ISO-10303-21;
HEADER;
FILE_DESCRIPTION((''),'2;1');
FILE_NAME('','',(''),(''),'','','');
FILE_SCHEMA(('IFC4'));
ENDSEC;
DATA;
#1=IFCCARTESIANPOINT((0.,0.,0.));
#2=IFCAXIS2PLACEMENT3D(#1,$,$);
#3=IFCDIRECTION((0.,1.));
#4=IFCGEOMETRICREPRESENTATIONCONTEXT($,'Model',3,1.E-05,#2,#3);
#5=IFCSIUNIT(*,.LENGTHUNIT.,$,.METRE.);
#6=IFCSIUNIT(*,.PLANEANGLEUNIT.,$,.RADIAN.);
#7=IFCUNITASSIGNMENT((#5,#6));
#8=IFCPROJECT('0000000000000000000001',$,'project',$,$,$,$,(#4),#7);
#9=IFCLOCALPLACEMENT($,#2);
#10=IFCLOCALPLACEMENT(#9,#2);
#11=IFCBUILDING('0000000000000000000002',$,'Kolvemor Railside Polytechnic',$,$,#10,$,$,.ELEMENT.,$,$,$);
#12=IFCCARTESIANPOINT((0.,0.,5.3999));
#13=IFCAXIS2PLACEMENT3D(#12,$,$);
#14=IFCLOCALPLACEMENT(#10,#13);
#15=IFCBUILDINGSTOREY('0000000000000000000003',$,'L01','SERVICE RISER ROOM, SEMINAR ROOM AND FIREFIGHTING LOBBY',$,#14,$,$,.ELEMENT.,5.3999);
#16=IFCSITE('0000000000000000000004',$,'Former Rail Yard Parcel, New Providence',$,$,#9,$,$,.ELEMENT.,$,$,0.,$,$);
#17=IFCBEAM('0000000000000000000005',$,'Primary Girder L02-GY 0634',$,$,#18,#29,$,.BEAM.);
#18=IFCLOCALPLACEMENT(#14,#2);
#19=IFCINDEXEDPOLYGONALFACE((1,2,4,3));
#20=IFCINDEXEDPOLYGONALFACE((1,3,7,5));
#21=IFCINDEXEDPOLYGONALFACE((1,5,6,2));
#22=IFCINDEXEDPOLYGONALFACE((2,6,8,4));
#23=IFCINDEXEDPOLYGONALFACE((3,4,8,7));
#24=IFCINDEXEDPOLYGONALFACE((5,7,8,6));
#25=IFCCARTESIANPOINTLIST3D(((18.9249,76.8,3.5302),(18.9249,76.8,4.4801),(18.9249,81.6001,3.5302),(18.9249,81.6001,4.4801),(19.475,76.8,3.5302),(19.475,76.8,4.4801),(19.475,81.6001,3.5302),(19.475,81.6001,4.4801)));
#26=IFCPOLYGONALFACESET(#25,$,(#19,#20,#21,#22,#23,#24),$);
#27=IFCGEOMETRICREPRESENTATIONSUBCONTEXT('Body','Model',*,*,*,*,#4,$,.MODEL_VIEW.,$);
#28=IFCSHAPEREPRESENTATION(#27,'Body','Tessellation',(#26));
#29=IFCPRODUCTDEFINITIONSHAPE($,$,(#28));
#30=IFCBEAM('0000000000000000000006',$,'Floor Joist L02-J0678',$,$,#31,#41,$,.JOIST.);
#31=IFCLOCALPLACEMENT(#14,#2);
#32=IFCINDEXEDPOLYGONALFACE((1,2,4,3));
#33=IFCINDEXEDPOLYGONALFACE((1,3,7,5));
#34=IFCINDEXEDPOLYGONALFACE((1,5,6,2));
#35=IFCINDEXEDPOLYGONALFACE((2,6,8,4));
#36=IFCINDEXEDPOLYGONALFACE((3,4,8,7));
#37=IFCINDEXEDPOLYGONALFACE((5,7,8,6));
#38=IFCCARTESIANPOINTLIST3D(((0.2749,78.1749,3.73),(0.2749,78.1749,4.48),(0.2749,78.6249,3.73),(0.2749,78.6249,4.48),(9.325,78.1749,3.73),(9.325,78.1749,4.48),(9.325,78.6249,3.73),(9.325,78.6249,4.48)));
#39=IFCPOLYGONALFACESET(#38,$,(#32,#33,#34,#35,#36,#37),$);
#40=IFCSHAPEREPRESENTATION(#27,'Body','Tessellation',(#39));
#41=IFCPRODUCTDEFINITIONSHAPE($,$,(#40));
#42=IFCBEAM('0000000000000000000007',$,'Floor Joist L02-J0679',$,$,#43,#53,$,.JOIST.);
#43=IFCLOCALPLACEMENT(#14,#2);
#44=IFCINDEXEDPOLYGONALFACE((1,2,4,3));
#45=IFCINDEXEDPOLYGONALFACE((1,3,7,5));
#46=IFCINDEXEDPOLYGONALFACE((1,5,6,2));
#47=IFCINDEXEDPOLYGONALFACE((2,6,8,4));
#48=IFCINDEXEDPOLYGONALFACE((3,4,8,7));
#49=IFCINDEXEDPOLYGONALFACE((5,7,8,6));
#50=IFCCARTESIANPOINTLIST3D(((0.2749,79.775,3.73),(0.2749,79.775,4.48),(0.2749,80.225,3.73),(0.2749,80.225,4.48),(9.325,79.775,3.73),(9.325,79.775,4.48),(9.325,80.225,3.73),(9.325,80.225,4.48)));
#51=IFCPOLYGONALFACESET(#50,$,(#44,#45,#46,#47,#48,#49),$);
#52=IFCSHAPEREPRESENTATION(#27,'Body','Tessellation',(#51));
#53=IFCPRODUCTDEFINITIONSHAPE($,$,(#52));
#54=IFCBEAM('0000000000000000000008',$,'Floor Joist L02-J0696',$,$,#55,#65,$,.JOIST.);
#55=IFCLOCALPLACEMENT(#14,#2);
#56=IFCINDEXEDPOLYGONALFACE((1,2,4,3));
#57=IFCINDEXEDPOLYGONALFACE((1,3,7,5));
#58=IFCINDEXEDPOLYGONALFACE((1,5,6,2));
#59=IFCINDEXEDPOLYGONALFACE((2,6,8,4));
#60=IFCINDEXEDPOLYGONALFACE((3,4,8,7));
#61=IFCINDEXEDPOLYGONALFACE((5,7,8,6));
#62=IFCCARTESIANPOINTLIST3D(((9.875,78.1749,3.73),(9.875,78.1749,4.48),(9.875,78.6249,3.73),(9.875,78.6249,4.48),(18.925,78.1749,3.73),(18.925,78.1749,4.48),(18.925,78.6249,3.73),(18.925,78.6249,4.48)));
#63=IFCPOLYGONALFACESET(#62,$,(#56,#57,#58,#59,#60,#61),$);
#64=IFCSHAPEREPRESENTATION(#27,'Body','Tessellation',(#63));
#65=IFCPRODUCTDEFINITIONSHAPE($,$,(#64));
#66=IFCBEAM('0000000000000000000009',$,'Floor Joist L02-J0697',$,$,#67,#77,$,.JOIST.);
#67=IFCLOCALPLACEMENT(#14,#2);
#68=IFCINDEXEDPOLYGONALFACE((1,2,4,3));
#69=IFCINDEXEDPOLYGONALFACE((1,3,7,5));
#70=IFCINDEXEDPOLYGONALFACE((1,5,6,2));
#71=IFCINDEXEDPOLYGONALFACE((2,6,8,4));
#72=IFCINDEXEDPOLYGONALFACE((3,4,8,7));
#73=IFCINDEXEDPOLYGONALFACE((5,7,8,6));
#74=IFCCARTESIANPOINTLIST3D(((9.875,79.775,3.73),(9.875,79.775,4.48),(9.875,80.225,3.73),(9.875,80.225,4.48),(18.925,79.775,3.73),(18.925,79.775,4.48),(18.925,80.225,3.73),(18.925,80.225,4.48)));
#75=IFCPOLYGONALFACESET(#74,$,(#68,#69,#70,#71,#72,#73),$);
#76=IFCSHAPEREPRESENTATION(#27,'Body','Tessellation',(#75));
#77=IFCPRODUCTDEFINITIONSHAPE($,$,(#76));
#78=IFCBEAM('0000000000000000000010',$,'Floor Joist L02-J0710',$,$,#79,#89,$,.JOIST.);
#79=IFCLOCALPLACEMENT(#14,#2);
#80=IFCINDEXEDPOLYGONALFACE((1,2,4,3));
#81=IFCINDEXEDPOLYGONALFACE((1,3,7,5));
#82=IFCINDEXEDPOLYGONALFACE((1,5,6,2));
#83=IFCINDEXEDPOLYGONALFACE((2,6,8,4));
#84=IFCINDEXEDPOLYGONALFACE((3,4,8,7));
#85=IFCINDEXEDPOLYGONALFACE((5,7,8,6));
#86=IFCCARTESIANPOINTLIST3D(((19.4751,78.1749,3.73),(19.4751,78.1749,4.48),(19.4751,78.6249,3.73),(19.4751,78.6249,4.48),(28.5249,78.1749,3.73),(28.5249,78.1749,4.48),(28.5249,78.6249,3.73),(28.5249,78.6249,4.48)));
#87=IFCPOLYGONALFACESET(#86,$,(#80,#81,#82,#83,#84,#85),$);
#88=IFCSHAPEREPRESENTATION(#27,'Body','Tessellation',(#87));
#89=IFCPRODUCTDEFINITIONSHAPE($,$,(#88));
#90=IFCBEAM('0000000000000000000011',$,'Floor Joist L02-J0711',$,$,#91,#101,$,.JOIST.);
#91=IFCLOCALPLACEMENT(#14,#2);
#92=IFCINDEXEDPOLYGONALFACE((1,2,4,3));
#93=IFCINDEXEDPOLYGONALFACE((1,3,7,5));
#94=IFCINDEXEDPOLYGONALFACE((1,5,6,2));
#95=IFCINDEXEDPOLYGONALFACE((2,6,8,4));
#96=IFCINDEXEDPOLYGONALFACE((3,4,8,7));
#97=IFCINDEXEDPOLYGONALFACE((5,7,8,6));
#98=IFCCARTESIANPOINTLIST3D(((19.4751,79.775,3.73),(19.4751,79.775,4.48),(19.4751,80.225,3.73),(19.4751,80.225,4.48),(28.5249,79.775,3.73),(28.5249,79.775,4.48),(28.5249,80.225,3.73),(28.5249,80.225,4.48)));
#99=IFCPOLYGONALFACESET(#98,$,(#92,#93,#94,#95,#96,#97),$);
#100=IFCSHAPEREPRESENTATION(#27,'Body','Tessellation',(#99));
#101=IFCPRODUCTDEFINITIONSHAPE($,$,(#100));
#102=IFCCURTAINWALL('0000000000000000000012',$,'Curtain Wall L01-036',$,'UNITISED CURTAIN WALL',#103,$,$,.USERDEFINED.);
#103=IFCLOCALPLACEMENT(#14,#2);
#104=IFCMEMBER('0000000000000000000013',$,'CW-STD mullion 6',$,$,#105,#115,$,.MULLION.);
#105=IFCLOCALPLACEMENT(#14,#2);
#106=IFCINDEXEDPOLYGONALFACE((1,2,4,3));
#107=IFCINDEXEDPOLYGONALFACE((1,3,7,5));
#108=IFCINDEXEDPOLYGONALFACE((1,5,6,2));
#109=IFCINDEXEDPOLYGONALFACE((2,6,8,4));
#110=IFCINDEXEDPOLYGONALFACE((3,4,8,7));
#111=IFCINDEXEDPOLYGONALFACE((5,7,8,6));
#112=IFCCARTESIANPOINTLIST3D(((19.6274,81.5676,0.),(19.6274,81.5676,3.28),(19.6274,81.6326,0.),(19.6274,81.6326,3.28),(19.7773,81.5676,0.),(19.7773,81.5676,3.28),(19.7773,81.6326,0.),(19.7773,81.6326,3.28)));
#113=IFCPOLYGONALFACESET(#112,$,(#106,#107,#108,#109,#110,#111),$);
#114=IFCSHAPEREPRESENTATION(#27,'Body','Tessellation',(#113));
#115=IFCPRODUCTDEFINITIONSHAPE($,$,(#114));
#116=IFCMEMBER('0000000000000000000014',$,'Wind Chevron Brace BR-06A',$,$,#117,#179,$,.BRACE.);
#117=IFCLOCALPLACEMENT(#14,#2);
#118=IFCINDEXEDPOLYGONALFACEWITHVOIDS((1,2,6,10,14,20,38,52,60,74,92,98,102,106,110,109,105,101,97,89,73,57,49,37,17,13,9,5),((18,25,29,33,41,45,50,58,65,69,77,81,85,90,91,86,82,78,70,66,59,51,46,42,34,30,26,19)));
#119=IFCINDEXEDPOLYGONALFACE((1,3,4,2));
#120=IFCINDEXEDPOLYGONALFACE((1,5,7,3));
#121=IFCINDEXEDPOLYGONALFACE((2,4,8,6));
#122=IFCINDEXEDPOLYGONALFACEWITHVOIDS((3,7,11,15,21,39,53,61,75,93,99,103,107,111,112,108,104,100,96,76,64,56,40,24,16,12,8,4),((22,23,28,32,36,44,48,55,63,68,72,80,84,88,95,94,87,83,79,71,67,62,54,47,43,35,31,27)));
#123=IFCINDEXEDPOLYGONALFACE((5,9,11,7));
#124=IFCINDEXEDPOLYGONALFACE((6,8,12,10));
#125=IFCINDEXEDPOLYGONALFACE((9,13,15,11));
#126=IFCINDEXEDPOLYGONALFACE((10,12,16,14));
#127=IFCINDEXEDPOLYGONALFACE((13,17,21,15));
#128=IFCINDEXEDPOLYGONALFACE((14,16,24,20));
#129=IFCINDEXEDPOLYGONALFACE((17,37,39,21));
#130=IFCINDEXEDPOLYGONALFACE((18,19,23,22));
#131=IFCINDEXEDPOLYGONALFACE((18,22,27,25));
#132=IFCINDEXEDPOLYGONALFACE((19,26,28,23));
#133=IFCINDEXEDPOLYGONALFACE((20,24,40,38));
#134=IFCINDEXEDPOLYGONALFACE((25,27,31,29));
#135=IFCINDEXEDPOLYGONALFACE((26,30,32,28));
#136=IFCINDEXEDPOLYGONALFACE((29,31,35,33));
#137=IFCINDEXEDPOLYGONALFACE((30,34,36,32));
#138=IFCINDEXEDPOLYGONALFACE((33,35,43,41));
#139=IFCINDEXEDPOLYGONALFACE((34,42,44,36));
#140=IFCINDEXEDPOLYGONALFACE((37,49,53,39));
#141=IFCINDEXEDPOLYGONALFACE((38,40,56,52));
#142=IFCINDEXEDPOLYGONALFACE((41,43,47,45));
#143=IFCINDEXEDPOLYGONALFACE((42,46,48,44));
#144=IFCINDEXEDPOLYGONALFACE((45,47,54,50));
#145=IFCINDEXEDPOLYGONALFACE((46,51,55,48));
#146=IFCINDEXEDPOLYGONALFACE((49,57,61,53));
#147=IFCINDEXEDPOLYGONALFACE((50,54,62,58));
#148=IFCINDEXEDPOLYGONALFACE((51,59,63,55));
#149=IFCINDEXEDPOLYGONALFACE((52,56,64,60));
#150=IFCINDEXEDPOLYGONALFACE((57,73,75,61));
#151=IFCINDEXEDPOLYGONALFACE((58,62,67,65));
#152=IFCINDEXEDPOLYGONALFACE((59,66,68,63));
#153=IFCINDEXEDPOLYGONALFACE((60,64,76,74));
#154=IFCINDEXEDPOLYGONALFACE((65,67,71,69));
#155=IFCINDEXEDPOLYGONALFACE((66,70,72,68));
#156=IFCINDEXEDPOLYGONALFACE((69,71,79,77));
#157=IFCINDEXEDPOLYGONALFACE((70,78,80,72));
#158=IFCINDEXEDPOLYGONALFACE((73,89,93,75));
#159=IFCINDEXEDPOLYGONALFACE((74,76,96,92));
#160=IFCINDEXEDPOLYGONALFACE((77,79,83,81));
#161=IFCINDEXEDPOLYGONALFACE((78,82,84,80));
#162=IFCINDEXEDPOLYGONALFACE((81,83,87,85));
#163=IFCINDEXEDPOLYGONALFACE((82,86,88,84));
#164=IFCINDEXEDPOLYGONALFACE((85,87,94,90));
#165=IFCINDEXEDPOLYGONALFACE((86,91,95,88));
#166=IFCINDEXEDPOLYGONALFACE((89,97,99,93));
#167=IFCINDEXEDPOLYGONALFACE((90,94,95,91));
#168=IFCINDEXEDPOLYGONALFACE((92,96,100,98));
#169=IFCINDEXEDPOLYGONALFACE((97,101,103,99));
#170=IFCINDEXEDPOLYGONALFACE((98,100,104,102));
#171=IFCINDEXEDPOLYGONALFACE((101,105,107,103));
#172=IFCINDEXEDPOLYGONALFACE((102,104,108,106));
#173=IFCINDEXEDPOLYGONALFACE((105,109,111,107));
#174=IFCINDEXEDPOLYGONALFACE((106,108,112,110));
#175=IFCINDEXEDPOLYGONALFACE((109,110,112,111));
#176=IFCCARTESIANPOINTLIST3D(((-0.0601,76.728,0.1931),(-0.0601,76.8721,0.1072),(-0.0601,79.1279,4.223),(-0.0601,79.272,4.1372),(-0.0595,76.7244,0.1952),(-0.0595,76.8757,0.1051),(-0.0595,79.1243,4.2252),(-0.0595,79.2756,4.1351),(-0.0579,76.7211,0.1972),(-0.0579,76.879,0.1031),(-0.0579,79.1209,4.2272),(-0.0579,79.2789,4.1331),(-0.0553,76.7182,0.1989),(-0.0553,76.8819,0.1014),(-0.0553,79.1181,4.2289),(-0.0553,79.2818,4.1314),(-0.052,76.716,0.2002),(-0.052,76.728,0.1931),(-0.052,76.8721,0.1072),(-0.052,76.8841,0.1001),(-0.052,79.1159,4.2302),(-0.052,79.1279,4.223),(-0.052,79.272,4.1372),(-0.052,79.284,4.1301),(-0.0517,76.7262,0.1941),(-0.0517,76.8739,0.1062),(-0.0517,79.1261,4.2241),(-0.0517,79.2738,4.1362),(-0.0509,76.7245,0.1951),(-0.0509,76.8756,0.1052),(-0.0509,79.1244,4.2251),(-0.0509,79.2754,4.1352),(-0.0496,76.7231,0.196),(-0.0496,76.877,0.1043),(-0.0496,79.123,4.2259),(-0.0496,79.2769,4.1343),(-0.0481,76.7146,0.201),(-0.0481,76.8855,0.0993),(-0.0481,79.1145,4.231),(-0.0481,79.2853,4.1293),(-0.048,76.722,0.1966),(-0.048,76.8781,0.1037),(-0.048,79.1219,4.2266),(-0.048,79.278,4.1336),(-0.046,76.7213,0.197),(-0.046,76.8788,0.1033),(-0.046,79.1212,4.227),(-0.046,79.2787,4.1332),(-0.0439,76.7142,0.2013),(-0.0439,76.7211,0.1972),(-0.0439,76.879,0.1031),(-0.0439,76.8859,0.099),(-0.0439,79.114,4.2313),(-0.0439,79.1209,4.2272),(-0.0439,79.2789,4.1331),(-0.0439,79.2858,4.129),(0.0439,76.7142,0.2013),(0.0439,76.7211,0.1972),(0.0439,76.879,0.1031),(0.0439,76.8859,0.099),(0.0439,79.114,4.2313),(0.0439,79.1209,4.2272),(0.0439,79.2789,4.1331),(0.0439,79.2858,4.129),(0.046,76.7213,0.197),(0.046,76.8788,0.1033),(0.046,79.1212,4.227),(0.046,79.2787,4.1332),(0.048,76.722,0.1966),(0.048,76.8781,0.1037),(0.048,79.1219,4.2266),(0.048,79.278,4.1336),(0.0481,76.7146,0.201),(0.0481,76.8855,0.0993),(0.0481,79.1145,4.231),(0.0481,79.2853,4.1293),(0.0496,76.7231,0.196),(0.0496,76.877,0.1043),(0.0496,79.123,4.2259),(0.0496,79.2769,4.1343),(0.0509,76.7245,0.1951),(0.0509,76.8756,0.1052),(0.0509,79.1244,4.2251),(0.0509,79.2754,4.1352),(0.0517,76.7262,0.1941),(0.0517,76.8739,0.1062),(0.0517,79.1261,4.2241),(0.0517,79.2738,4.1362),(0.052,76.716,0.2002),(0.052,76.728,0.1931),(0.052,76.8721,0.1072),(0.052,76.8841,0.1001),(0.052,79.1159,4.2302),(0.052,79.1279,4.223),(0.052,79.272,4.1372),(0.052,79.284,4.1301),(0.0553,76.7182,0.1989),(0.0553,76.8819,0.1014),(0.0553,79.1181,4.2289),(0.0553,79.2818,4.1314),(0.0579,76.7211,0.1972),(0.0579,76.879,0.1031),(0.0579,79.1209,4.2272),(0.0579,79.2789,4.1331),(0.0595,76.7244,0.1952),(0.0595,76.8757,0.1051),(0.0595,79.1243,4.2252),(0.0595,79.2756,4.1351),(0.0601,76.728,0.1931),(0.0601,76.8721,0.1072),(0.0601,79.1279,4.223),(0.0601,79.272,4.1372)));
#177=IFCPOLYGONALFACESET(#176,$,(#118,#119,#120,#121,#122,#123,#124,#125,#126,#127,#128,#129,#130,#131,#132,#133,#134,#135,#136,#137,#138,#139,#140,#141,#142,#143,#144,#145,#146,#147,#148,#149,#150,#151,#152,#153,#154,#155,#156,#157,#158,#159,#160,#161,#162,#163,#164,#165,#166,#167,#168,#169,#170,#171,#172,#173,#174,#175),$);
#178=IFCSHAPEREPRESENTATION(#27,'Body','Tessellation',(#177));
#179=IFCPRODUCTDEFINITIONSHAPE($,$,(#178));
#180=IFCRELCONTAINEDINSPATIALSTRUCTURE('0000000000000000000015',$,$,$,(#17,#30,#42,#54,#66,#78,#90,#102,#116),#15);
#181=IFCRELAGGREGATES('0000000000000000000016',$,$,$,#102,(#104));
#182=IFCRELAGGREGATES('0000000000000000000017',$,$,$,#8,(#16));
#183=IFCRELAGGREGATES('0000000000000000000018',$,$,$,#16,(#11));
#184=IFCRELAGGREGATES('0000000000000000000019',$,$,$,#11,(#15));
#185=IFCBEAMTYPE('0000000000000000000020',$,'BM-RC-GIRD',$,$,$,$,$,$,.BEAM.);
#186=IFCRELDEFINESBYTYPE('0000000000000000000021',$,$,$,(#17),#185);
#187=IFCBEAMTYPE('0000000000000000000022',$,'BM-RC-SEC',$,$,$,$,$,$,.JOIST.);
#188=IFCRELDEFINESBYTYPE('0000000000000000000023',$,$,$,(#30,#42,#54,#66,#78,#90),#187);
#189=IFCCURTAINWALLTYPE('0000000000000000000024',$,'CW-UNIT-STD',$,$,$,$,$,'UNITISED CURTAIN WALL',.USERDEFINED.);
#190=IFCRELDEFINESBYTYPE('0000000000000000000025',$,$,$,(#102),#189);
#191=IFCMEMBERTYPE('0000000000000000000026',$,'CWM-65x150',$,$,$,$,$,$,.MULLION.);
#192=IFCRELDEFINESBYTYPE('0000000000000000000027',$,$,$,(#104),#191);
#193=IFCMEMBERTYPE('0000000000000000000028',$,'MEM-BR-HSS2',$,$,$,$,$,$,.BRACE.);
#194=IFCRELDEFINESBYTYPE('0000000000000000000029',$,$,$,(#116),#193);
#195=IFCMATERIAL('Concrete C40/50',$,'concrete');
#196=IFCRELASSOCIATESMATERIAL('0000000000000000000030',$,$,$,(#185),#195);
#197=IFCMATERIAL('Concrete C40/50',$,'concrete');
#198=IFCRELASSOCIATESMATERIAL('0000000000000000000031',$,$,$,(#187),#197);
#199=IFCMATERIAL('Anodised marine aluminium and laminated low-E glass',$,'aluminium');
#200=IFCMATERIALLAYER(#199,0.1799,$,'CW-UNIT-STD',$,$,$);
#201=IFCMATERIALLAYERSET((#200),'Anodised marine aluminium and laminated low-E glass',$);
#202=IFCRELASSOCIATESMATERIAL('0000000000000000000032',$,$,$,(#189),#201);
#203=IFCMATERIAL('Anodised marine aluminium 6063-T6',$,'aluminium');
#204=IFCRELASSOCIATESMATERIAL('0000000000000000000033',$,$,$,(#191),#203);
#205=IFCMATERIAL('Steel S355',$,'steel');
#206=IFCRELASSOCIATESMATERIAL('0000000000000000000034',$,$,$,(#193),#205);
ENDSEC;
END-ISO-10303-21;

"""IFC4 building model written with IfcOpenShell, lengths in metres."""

from ifc_helpers import new_model, si_unit, direction, frame, origin, origin_2d, place, context, subcontext, project, spatial, rectangle, hollow_rectangle, extrude, material, layer, layer_set, material_profile, profile_set, type_object, element, aggregate, save


model = new_model("IFC4")

# Units and contexts
model_context = context("Model", 3, precision=1e-05, world=origin(), true_north=direction((0.0, 1.0)))
body_context = subcontext(model_context, "Body", "Model", "MODEL_VIEW")
ifc_project = project(units=[si_unit("LENGTHUNIT", "METRE"), si_unit("PLANEANGLEUNIT", "RADIAN")], contexts=[model_context])

# Site, building, storey
site_placement = place(None, origin())
site = spatial("IfcSite", under=ifc_project, at=site_placement, Name="Former Rail Yard Parcel, New Providence", CompositionType="ELEMENT", RefElevation=0.0)
building_placement = place(site_placement, origin())
building = spatial("IfcBuilding", under=site, at=building_placement, Name="Kolvemor Railside Polytechnic", CompositionType="ELEMENT")
storey_placement = place(building_placement, frame((0.0, 0.0, 5.3999)))
storey = spatial("IfcBuildingStorey", under=building, at=storey_placement, Name="L01", Description="SERVICE RISER ROOM, SEMINAR ROOM AND FIREFIGHTING LOBBY", CompositionType="ELEMENT", Elevation=5.3999)

# Beams
ifc_material_1 = material(Name="Concrete C40/50", Category="concrete")
ifc_material_profile_1 = material_profile(ifc_material_1, rectangle(XDim=0.55, YDim=0.95, at=origin_2d()), Name="RC550x950")
ifc_profile_set_1 = profile_set([ifc_material_profile_1], Name="Concrete C40/50")
beam_type_1 = type_object("IfcBeamType", Name="BM-RC-GIRD", PredefinedType="BEAM", material=ifc_profile_set_1)
for number, where, z_axis, x_axis, name in (
    (1, (19.2, 76.8, 4.0051), (0.0, 1.0, 0.0), (-1.0, 0.0, 0.0), "Primary Girder L02-GY 0634"),
):
    element("IfcBeam", number, at=place(storey_placement, frame(where, z_axis=z_axis, x_axis=x_axis)), inside=storey, type_object=beam_type_1, Name=name, PredefinedType="BEAM", context=body_context, shape_type="SweptSolid", body=[
        extrude(rectangle(XDim=0.55, YDim=0.95, at=origin_2d()), origin(), (0.0, 0.0, 1.0), 4.8),
    ])
ifc_material_2 = material(Name="Concrete C40/50", Category="concrete")
ifc_material_profile_2 = material_profile(ifc_material_2, rectangle(XDim=0.45, YDim=0.75, at=origin_2d()), Name="RC450x750")
ifc_profile_set_2 = profile_set([ifc_material_profile_2], Name="Concrete C40/50")
beam_type_2 = type_object("IfcBeamType", Name="BM-RC-SEC", PredefinedType="JOIST", material=ifc_profile_set_2)
for number, where, z_axis, x_axis, name in (
    (2, (0.2749, 78.3999, 4.105), (1.0, 0.0, 0.0), (0.0, 1.0, 0.0), "Floor Joist L02-J0678"),
    (3, (0.2749, 80.0, 4.105), (1.0, 0.0, 0.0), (0.0, 1.0, 0.0), "Floor Joist L02-J0679"),
    (4, (9.875, 78.3999, 4.105), (1.0, 0.0, 0.0), (0.0, 1.0, 0.0), "Floor Joist L02-J0696"),
    (5, (9.875, 80.0, 4.105), (1.0, 0.0, 0.0), (0.0, 1.0, 0.0), "Floor Joist L02-J0697"),
):
    element("IfcBeam", number, at=place(storey_placement, frame(where, z_axis=z_axis, x_axis=x_axis)), inside=storey, type_object=beam_type_2, Name=name, PredefinedType="JOIST", context=body_context, shape_type="SweptSolid", body=[
        extrude(rectangle(XDim=0.45, YDim=0.75, at=origin_2d()), origin(), (0.0, 0.0, 1.0), 9.05),
    ])
for number, where, z_axis, x_axis, name in (
    (6, (19.4751, 78.3999, 4.105), (1.0, 0.0, 0.0), (0.0, 1.0, 0.0), "Floor Joist L02-J0710"),
    (7, (19.4751, 80.0, 4.105), (1.0, 0.0, 0.0), (0.0, 1.0, 0.0), "Floor Joist L02-J0711"),
):
    element("IfcBeam", number, at=place(storey_placement, frame(where, z_axis=z_axis, x_axis=x_axis)), inside=storey, type_object=beam_type_2, Name=name, PredefinedType="JOIST", context=body_context, shape_type="SweptSolid", body=[
        extrude(rectangle(XDim=0.45, YDim=0.75, at=origin_2d()), origin(), (0.0, 0.0, 1.0), 9.0498),
    ])

# Curtain wall, member
ifc_material_3 = material(Name="Anodised marine aluminium and laminated low-E glass", Category="aluminium")
ifc_layer_1 = layer(ifc_material_3, 0.1799, Name="CW-UNIT-STD")
ifc_layer_set_1 = layer_set([ifc_layer_1], Name="Anodised marine aluminium and laminated low-E glass")
curtain_wall_type = type_object("IfcCurtainWallType", Name="CW-UNIT-STD", ElementType="UNITISED CURTAIN WALL", PredefinedType="USERDEFINED", material=ifc_layer_set_1)
curtain_wall_placement = place(storey_placement, origin())
curtain_wall = element("IfcCurtainWall", 8, at=curtain_wall_placement, inside=storey, type_object=curtain_wall_type, Name="Curtain Wall L01-036", ObjectType="UNITISED CURTAIN WALL", PredefinedType="USERDEFINED")
ifc_material_4 = material(Name="Anodised marine aluminium 6063-T6", Category="aluminium")
ifc_material_profile_3 = material_profile(ifc_material_4, rectangle(XDim=0.0649, YDim=0.1499, at=origin_2d()), Name="CW-MUL-65x150")
ifc_profile_set_3 = profile_set([ifc_material_profile_3], Name="Anodised marine aluminium 6063-T6")
member_type_1 = type_object("IfcMemberType", Name="CWM-65x150", PredefinedType="MULLION", material=ifc_profile_set_3)
member_1_placement = place(storey_placement, frame((19.7024, 81.6001, 0.0), z_axis=(0.0, 0.0, 1.0), x_axis=(0.0, -1.0, 0.0)))
member_1 = element("IfcMember", 9, at=member_1_placement, type_object=member_type_1, Name="CW-STD mullion 6", PredefinedType="MULLION", context=body_context, shape_type="SweptSolid", body=[
    extrude(rectangle(XDim=0.0649, YDim=0.1499, at=origin_2d()), origin(), (0.0, 0.0, 1.0), 3.28),
])
aggregate(curtain_wall, [member_1])

# Member
ifc_material_5 = material(Name="Steel S355", Category="steel")
ifc_material_profile_4 = material_profile(ifc_material_5, hollow_rectangle(XDim=0.1201, YDim=0.2, WallThickness=0.0081, InnerFilletRadius=0.0081, OuterFilletRadius=0.0161, at=origin_2d()), Name="HSS200x120x8")
ifc_profile_set_4 = profile_set([ifc_material_profile_4], Name="Steel S355")
member_type_2 = type_object("IfcMemberType", Name="MEM-BR-HSS2", PredefinedType="BRACE", material=ifc_profile_set_4)
member_2_placement = place(storey_placement, frame((0.0, 76.8, 0.1501), z_axis=(0.0, 0.511653, 0.859192), x_axis=(-1.0, 0.0, 0.0)))
element("IfcMember", 10, at=member_2_placement, inside=storey, type_object=member_type_2, Name="Wind Chevron Brace BR-06A", PredefinedType="BRACE", context=body_context, shape_type="SweptSolid", body=[
    extrude(hollow_rectangle(XDim=0.1201, YDim=0.2, WallThickness=0.0081, InnerFilletRadius=0.0081, OuterFilletRadius=0.0161, at=origin_2d()), origin(), (0.0, 0.0, 1.0), 4.6904),
])

save(model, "model.ifc")
